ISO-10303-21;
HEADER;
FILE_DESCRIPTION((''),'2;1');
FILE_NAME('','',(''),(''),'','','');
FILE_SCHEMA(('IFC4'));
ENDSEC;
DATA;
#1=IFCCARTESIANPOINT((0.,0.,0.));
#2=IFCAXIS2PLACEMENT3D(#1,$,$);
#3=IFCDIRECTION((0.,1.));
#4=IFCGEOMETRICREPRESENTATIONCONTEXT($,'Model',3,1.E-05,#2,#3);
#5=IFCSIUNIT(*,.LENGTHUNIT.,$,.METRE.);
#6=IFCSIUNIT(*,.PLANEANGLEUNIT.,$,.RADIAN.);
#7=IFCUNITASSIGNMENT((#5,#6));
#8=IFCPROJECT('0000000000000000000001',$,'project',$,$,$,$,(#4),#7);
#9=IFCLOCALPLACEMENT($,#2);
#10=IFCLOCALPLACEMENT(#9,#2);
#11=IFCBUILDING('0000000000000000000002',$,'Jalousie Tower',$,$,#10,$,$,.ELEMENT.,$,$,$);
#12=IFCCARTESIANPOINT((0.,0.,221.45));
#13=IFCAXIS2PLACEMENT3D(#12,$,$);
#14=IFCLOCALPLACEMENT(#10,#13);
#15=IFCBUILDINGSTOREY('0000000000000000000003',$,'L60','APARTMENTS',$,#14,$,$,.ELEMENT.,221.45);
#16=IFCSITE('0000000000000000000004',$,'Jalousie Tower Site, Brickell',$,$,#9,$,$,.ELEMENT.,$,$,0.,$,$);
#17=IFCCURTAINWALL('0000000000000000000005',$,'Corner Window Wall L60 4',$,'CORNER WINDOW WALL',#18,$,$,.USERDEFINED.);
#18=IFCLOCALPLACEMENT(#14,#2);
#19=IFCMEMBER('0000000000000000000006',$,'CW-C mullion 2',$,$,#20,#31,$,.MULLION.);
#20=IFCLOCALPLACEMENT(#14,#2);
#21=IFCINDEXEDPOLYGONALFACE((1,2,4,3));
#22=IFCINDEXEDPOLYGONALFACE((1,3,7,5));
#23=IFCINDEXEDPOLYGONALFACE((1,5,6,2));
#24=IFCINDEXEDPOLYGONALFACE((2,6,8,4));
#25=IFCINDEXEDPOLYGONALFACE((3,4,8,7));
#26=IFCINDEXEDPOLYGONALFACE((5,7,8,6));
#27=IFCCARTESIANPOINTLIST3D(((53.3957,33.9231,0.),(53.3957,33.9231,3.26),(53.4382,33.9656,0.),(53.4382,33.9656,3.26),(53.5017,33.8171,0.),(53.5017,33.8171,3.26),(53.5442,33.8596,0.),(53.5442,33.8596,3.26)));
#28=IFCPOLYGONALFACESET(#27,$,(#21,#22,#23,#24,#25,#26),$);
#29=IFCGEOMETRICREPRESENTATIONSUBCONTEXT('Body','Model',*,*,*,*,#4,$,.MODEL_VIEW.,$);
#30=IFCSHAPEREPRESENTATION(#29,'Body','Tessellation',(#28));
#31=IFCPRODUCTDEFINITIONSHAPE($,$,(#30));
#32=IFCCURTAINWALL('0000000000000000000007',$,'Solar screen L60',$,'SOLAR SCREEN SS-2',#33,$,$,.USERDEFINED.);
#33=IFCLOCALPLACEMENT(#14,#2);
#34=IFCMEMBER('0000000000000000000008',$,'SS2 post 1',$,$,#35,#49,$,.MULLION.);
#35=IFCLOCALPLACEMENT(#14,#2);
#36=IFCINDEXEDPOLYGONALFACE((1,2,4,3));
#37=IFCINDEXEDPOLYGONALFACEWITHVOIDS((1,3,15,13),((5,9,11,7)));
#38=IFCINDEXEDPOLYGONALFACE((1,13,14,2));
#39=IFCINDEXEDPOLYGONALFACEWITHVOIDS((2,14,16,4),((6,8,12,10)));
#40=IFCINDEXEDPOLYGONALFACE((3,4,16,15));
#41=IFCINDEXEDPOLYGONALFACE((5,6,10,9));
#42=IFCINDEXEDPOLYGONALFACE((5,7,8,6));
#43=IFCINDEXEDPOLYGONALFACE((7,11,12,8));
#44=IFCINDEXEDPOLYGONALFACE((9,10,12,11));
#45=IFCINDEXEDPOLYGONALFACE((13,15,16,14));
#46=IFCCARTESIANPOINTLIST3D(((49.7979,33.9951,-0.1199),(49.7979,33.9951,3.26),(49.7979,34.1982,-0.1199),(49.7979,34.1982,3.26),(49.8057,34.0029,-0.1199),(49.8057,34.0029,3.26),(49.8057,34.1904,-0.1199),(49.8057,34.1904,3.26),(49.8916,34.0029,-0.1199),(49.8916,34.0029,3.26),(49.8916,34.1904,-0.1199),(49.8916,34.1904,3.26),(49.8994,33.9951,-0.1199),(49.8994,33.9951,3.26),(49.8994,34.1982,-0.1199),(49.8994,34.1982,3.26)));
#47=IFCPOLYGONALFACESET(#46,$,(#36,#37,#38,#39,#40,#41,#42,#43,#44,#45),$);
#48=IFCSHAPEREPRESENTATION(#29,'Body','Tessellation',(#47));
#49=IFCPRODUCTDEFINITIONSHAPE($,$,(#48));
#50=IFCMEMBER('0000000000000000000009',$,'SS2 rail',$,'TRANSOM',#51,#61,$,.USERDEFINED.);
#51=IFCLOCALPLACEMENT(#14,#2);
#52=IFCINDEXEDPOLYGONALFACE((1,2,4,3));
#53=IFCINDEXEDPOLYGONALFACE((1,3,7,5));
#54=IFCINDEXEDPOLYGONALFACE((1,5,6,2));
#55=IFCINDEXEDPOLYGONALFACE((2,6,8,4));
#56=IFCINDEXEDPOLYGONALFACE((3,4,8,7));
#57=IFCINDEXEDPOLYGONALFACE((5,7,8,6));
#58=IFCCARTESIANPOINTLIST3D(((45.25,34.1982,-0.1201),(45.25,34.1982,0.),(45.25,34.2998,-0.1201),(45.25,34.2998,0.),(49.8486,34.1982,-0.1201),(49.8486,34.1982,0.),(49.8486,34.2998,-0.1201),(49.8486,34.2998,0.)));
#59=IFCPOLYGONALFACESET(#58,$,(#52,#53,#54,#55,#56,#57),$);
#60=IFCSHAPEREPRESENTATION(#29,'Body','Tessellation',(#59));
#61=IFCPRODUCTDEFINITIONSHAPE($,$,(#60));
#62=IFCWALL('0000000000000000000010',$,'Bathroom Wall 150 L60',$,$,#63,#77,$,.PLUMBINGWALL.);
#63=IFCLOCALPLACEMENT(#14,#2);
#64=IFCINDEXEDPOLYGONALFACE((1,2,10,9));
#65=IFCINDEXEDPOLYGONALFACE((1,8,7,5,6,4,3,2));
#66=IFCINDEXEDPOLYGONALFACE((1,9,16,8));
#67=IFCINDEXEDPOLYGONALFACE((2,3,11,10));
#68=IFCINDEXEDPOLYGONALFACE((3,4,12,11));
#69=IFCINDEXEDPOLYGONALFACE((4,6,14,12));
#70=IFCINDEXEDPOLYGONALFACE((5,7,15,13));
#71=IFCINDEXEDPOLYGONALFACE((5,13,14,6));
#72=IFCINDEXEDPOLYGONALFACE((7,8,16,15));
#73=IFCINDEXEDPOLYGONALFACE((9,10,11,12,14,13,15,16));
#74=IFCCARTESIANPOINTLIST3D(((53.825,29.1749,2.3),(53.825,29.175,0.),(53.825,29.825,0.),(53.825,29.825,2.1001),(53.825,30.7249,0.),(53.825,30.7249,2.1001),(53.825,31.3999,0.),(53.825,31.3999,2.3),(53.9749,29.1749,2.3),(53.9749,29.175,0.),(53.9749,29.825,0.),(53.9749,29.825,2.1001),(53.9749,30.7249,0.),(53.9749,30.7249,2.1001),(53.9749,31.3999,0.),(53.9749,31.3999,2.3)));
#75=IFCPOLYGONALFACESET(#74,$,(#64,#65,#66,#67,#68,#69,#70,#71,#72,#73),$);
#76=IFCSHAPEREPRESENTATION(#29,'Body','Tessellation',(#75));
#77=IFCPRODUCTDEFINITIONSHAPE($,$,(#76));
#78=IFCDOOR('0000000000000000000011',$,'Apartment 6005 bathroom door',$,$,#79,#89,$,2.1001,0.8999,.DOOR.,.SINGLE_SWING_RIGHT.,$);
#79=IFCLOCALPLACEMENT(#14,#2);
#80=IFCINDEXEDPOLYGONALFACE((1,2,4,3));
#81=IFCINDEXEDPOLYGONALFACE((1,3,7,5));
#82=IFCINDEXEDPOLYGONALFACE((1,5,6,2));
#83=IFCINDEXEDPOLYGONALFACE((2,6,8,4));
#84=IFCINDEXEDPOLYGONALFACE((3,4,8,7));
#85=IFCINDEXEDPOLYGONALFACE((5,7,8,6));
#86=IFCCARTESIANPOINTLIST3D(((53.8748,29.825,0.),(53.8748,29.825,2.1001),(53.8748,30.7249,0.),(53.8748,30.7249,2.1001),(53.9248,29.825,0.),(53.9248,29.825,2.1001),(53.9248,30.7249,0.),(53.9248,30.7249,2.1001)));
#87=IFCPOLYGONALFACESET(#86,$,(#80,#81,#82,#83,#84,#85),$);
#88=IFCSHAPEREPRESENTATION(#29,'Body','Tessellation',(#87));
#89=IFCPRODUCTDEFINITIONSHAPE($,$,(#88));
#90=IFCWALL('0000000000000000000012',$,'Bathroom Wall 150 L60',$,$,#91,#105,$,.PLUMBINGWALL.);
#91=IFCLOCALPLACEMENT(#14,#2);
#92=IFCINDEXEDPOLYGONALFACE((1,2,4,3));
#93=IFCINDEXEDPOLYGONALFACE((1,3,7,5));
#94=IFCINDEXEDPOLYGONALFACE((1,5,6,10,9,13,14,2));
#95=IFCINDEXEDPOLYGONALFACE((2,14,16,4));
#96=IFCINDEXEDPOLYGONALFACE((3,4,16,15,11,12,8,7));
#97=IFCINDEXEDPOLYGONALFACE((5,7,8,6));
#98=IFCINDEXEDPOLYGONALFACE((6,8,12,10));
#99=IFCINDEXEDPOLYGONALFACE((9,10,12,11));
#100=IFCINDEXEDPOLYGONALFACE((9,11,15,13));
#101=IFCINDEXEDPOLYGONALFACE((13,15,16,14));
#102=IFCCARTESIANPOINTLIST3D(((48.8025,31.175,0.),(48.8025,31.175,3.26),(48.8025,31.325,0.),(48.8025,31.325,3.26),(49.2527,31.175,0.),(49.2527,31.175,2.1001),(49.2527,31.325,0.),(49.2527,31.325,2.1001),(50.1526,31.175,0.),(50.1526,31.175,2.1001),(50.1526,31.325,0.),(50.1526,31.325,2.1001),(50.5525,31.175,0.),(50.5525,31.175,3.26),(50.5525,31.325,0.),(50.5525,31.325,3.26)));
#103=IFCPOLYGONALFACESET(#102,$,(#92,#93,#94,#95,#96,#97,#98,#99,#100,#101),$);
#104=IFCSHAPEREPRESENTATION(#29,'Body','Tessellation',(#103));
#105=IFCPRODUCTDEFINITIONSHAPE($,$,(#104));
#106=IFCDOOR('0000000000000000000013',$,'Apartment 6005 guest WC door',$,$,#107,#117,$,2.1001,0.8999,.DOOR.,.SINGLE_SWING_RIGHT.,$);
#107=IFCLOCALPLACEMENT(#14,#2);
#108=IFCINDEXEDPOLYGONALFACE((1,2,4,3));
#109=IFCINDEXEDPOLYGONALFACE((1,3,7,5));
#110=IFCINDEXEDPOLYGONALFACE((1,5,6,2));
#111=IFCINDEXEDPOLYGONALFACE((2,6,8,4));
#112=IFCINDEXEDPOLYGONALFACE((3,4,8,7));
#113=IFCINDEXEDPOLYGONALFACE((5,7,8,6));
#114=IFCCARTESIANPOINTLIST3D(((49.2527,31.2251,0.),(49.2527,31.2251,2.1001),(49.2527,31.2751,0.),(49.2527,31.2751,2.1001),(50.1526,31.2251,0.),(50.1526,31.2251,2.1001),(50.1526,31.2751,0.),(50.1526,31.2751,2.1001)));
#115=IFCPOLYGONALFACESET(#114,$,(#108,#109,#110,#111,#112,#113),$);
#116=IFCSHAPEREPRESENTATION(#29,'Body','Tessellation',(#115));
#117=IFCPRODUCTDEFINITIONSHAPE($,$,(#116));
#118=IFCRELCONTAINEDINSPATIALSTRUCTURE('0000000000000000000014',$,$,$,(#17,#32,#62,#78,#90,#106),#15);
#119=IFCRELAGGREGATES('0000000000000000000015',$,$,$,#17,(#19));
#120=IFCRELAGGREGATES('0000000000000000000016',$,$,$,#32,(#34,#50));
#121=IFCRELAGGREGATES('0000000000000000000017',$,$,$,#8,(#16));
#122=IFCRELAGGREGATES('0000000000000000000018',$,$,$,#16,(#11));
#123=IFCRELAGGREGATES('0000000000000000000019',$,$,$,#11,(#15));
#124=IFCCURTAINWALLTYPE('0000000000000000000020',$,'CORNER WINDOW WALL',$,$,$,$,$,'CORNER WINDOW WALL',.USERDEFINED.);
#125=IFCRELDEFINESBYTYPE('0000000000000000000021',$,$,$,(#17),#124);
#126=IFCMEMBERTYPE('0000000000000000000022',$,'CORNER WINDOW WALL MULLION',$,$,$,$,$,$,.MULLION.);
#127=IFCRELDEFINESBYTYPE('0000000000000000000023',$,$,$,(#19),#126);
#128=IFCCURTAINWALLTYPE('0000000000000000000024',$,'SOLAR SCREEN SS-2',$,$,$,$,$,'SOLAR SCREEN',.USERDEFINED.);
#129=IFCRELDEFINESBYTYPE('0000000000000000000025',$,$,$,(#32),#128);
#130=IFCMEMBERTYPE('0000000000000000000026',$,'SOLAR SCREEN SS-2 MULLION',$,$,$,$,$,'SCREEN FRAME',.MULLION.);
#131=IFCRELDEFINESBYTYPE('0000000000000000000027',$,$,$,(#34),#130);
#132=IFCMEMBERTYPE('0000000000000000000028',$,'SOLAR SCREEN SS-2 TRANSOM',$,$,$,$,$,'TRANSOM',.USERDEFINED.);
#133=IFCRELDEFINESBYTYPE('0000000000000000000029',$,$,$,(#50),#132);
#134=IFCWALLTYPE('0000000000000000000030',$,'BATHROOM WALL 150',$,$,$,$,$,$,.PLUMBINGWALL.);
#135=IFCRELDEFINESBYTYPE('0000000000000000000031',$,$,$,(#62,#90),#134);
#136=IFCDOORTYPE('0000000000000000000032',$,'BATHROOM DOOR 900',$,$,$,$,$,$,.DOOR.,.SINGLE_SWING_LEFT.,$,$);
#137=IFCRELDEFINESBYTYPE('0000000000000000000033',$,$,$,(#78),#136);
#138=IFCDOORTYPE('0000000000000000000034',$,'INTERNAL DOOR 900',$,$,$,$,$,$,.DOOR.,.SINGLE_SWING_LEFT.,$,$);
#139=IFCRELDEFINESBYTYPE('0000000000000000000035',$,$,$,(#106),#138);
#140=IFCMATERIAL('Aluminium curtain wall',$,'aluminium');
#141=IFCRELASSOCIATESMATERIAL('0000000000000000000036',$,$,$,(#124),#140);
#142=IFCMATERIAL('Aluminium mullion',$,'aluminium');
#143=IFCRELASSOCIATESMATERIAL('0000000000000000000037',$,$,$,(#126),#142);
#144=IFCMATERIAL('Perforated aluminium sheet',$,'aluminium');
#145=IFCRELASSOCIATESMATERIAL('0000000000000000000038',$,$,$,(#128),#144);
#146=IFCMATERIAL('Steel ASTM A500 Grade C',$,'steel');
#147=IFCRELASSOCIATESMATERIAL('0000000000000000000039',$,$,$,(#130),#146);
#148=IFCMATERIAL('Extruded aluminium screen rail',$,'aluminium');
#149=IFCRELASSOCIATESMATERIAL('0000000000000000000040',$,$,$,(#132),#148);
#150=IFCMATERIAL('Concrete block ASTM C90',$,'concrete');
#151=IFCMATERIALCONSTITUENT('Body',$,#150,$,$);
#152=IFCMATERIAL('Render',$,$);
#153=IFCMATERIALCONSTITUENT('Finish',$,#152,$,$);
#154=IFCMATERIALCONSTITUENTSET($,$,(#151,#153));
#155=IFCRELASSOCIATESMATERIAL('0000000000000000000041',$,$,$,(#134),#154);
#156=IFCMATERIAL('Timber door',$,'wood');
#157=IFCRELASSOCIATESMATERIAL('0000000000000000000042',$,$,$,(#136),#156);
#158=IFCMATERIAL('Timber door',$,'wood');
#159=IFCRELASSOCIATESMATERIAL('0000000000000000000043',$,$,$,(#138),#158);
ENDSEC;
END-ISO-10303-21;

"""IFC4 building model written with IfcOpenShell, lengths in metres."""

from ifc_helpers import new_model, si_unit, direction, frame, frame_2d, origin, origin_2d, place, context, subcontext, project, spatial, polyline, rectangle, hollow_rectangle, outline, extrude, material, constituent, constituent_set, material_profile, profile_set, type_object, element, fill, aggregate, save


model = new_model("IFC4")

# Units and contexts
model_context = context("Model", 3, precision=1e-05, world=origin(), true_north=direction((0.0, 1.0)))
body_context = subcontext(model_context, "Body", "Model", "MODEL_VIEW")
ifc_project = project(units=[si_unit("LENGTHUNIT", "METRE"), si_unit("PLANEANGLEUNIT", "RADIAN")], contexts=[model_context])

# Site, building, storey
site_placement = place(None, origin())
site = spatial("IfcSite", under=ifc_project, at=site_placement, Name="Jalousie Tower Site, Brickell", CompositionType="ELEMENT", RefElevation=0.0)
building_placement = place(site_placement, origin())
building = spatial("IfcBuilding", under=site, at=building_placement, Name="Jalousie Tower", CompositionType="ELEMENT")
storey_placement = place(building_placement, frame((0.0, 0.0, 221.45)))
storey = spatial("IfcBuildingStorey", under=building, at=storey_placement, Name="L60", Description="APARTMENTS", CompositionType="ELEMENT", Elevation=221.45)

# Curtain wall, member
ifc_material_1 = material(Name="Aluminium curtain wall", Category="aluminium")
curtain_wall_type_1 = type_object("IfcCurtainWallType", Name="CORNER WINDOW WALL", ElementType="CORNER WINDOW WALL", PredefinedType="USERDEFINED", material=ifc_material_1)
curtain_wall_1_placement = place(storey_placement, origin())
curtain_wall_1 = element("IfcCurtainWall", 1, at=curtain_wall_1_placement, inside=storey, type_object=curtain_wall_type_1, Name="Corner Window Wall L60 4", ObjectType="CORNER WINDOW WALL", PredefinedType="USERDEFINED")
ifc_material_2 = material(Name="Aluminium mullion", Category="aluminium")
ifc_material_profile_1 = material_profile(ifc_material_2, rectangle(XDim=0.0601, YDim=0.1499, at=origin_2d()), Name="MULLION 60x150")
ifc_profile_set_1 = profile_set([ifc_material_profile_1], Name="Aluminium mullion")
member_type_1 = type_object("IfcMemberType", Name="CORNER WINDOW WALL MULLION", PredefinedType="MULLION", material=ifc_profile_set_1)
member_1_placement = place(storey_placement, frame((53.47, 33.8914, 0.0), z_axis=(0.0, 0.0, 1.0), x_axis=(-0.707107, -0.707107, 0.0)))
member_1 = element("IfcMember", 2, at=member_1_placement, type_object=member_type_1, Name="CW-C mullion 2", PredefinedType="MULLION", context=body_context, shape_type="SweptSolid", body=[
    extrude(rectangle(XDim=0.0601, YDim=0.1499, at=origin_2d()), origin(), (0.0, 0.0, 1.0), 3.26),
])
aggregate(curtain_wall_1, [member_1])

# Curtain wall, members
ifc_material_3 = material(Name="Perforated aluminium sheet", Category="aluminium")
curtain_wall_type_2 = type_object("IfcCurtainWallType", Name="SOLAR SCREEN SS-2", ElementType="SOLAR SCREEN", PredefinedType="USERDEFINED", material=ifc_material_3)
curtain_wall_2_placement = place(storey_placement, origin())
curtain_wall_2 = element("IfcCurtainWall", 3, at=curtain_wall_2_placement, inside=storey, type_object=curtain_wall_type_2, Name="Solar screen L60", ObjectType="SOLAR SCREEN SS-2", PredefinedType="USERDEFINED")
ifc_material_4 = material(Name="Steel ASTM A500 Grade C", Category="steel")
ifc_material_profile_2 = material_profile(ifc_material_4, hollow_rectangle(XDim=0.1016, YDim=0.2031, WallThickness=0.0078, at=origin_2d()), Name="HSS8X4X5/16")
ifc_profile_set_2 = profile_set([ifc_material_profile_2], Name="Steel ASTM A500 Grade C")
member_type_2 = type_object("IfcMemberType", Name="SOLAR SCREEN SS-2 MULLION", ElementType="SCREEN FRAME", PredefinedType="MULLION", material=ifc_profile_set_2)
member_2_placement = place(storey_placement, frame((49.8486, 34.0967, -0.1199), z_axis=(0.0, 0.0, 1.0), x_axis=(-1.0, 0.0, 0.0)))
member_2 = element("IfcMember", 4, at=member_2_placement, type_object=member_type_2, Name="SS2 post 1", PredefinedType="MULLION", context=body_context, shape_type="SweptSolid", body=[
    extrude(hollow_rectangle(XDim=0.1016, YDim=0.2031, WallThickness=0.0078, at=origin_2d()), origin(), (0.0, 0.0, 1.0), 3.3799),
])
ifc_material_5 = material(Name="Extruded aluminium screen rail", Category="aluminium")
ifc_material_profile_3 = material_profile(ifc_material_5, rectangle(XDim=0.1016, YDim=0.1201, at=origin_2d()), Name="RAIL 102x120")
ifc_profile_set_3 = profile_set([ifc_material_profile_3], Name="Extruded aluminium screen rail")
member_type_3 = type_object("IfcMemberType", Name="SOLAR SCREEN SS-2 TRANSOM", ElementType="TRANSOM", PredefinedType="USERDEFINED", material=ifc_profile_set_3)
member_3_placement = place(storey_placement, frame((49.8486, 34.249, -0.0601), z_axis=(-1.0, 0.0, 0.0), x_axis=(0.0, -1.0, 0.0)))
member_3 = element("IfcMember", 5, at=member_3_placement, type_object=member_type_3, Name="SS2 rail", ObjectType="TRANSOM", PredefinedType="USERDEFINED", context=body_context, shape_type="SweptSolid", body=[
    extrude(rectangle(XDim=0.1016, YDim=0.1201, at=origin_2d()), origin(), (0.0, 0.0, 1.0), 4.5986),
])
aggregate(curtain_wall_2, [member_2, member_3])

# Walls, openings, doors
ifc_material_6 = material(Name="Concrete block ASTM C90", Category="concrete")
ifc_constituent_1 = constituent(ifc_material_6, Name="Body")
ifc_material_7 = material(Name="Render")
ifc_constituent_2 = constituent(ifc_material_7, Name="Finish")
ifc_constituent_set_1 = constituent_set(constituents=[ifc_constituent_1, ifc_constituent_2])
wall_type_1 = type_object("IfcWallType", Name="BATHROOM WALL 150", PredefinedType="PLUMBINGWALL", material=ifc_constituent_set_1)
wall_1_placement = place(storey_placement, frame((53.8999, 31.3999, 0.0), z_axis=(0.0, 0.0, 1.0), x_axis=(0.0, -1.0, 0.0)))
wall_1 = element("IfcWall", 6, at=wall_1_placement, inside=storey, type_object=wall_type_1, Name="Bathroom Wall 150 L60", PredefinedType="PLUMBINGWALL", context=body_context, shape_type="SweptSolid", body=[
    extrude(outline(polyline([(0.0, 0.0), (2.2249, 0.0), (2.2251, 3.26), (2.2251, 2.3), (0.438, 2.3), (0.0, 2.3), (0.0, 3.26), (0.0, 0.0)])), frame((0.0, 0.075, 0.0), z_axis=(0.0, -1.0, 0.0), x_axis=(1.0, 0.0, 0.0)), (0.0, 0.0, 1.0), 0.1499),
])
opening_1_placement = place(wall_1_placement, frame((0.675, 0.0, 0.0)))
opening_1 = element("IfcOpeningElement", 7, at=opening_1_placement, cuts=wall_1, PredefinedType="OPENING", context=body_context, shape_type="SweptSolid", body=[
    extrude(rectangle(XDim=0.8999, YDim=2.1001, at=frame_2d((0.45, 1.05))), frame((0.0, 0.085, 0.0), z_axis=(0.0, -1.0, 0.0), x_axis=(1.0, 0.0, 0.0)), (0.0, 0.0, 1.0), 0.1699),
])
ifc_material_8 = material(Name="Timber door", Category="wood")
door_type_1 = type_object("IfcDoorType", Name="BATHROOM DOOR 900", OperationType="SINGLE_SWING_LEFT", PredefinedType="DOOR", material=ifc_material_8)
door_1_placement = place(opening_1_placement, origin())
door_1 = element("IfcDoor", 8, at=door_1_placement, inside=storey, type_object=door_type_1, Name="Apartment 6005 bathroom door", OperationType="SINGLE_SWING_RIGHT", OverallHeight=2.1001, OverallWidth=0.8999, PredefinedType="DOOR", context=body_context, shape_type="SweptSolid", body=[
    extrude(rectangle(XDim=0.8999, YDim=2.1001, at=frame_2d((0.45, 1.05))), frame((0.0, 0.0249, 0.0), z_axis=(0.0, -1.0, 0.0), x_axis=(1.0, 0.0, 0.0)), (0.0, 0.0, 1.0), 0.05),
])
fill(opening_1, door_1)
wall_2_placement = place(storey_placement, frame((50.5525, 31.25, 0.0), z_axis=(0.0, 0.0, 1.0), x_axis=(-1.0, 0.0, 0.0)))
wall_2 = element("IfcWall", 9, at=wall_2_placement, inside=storey, type_object=wall_type_1, Name="Bathroom Wall 150 L60", PredefinedType="PLUMBINGWALL", context=body_context, shape_type="SweptSolid", body=[
    extrude(rectangle(XDim=1.75, YDim=0.1499, at=frame_2d((0.875, 0.0))), origin(), (0.0, 0.0, 1.0), 3.26),
])
opening_2_placement = place(wall_2_placement, frame((0.3999, 0.0, 0.0)))
opening_2 = element("IfcOpeningElement", 10, at=opening_2_placement, cuts=wall_2, PredefinedType="OPENING", context=body_context, shape_type="SweptSolid", body=[
    extrude(rectangle(XDim=0.8999, YDim=2.1001, at=frame_2d((0.45, 1.05))), frame((0.0, 0.085, 0.0), z_axis=(0.0, -1.0, 0.0), x_axis=(1.0, 0.0, 0.0)), (0.0, 0.0, 1.0), 0.1699),
])
ifc_material_9 = material(Name="Timber door", Category="wood")
door_type_2 = type_object("IfcDoorType", Name="INTERNAL DOOR 900", OperationType="SINGLE_SWING_LEFT", PredefinedType="DOOR", material=ifc_material_9)
door_2_placement = place(opening_2_placement, origin())
door_2 = element("IfcDoor", 11, at=door_2_placement, inside=storey, type_object=door_type_2, Name="Apartment 6005 guest WC door", OperationType="SINGLE_SWING_RIGHT", OverallHeight=2.1001, OverallWidth=0.8999, PredefinedType="DOOR", context=body_context, shape_type="SweptSolid", body=[
    extrude(rectangle(XDim=0.8999, YDim=2.1001, at=frame_2d((0.45, 1.05))), frame((0.0, 0.0249, 0.0), z_axis=(0.0, -1.0, 0.0), x_axis=(1.0, 0.0, 0.0)), (0.0, 0.0, 1.0), 0.05),
])
fill(opening_2, door_2)

save(model, "model.ifc")
